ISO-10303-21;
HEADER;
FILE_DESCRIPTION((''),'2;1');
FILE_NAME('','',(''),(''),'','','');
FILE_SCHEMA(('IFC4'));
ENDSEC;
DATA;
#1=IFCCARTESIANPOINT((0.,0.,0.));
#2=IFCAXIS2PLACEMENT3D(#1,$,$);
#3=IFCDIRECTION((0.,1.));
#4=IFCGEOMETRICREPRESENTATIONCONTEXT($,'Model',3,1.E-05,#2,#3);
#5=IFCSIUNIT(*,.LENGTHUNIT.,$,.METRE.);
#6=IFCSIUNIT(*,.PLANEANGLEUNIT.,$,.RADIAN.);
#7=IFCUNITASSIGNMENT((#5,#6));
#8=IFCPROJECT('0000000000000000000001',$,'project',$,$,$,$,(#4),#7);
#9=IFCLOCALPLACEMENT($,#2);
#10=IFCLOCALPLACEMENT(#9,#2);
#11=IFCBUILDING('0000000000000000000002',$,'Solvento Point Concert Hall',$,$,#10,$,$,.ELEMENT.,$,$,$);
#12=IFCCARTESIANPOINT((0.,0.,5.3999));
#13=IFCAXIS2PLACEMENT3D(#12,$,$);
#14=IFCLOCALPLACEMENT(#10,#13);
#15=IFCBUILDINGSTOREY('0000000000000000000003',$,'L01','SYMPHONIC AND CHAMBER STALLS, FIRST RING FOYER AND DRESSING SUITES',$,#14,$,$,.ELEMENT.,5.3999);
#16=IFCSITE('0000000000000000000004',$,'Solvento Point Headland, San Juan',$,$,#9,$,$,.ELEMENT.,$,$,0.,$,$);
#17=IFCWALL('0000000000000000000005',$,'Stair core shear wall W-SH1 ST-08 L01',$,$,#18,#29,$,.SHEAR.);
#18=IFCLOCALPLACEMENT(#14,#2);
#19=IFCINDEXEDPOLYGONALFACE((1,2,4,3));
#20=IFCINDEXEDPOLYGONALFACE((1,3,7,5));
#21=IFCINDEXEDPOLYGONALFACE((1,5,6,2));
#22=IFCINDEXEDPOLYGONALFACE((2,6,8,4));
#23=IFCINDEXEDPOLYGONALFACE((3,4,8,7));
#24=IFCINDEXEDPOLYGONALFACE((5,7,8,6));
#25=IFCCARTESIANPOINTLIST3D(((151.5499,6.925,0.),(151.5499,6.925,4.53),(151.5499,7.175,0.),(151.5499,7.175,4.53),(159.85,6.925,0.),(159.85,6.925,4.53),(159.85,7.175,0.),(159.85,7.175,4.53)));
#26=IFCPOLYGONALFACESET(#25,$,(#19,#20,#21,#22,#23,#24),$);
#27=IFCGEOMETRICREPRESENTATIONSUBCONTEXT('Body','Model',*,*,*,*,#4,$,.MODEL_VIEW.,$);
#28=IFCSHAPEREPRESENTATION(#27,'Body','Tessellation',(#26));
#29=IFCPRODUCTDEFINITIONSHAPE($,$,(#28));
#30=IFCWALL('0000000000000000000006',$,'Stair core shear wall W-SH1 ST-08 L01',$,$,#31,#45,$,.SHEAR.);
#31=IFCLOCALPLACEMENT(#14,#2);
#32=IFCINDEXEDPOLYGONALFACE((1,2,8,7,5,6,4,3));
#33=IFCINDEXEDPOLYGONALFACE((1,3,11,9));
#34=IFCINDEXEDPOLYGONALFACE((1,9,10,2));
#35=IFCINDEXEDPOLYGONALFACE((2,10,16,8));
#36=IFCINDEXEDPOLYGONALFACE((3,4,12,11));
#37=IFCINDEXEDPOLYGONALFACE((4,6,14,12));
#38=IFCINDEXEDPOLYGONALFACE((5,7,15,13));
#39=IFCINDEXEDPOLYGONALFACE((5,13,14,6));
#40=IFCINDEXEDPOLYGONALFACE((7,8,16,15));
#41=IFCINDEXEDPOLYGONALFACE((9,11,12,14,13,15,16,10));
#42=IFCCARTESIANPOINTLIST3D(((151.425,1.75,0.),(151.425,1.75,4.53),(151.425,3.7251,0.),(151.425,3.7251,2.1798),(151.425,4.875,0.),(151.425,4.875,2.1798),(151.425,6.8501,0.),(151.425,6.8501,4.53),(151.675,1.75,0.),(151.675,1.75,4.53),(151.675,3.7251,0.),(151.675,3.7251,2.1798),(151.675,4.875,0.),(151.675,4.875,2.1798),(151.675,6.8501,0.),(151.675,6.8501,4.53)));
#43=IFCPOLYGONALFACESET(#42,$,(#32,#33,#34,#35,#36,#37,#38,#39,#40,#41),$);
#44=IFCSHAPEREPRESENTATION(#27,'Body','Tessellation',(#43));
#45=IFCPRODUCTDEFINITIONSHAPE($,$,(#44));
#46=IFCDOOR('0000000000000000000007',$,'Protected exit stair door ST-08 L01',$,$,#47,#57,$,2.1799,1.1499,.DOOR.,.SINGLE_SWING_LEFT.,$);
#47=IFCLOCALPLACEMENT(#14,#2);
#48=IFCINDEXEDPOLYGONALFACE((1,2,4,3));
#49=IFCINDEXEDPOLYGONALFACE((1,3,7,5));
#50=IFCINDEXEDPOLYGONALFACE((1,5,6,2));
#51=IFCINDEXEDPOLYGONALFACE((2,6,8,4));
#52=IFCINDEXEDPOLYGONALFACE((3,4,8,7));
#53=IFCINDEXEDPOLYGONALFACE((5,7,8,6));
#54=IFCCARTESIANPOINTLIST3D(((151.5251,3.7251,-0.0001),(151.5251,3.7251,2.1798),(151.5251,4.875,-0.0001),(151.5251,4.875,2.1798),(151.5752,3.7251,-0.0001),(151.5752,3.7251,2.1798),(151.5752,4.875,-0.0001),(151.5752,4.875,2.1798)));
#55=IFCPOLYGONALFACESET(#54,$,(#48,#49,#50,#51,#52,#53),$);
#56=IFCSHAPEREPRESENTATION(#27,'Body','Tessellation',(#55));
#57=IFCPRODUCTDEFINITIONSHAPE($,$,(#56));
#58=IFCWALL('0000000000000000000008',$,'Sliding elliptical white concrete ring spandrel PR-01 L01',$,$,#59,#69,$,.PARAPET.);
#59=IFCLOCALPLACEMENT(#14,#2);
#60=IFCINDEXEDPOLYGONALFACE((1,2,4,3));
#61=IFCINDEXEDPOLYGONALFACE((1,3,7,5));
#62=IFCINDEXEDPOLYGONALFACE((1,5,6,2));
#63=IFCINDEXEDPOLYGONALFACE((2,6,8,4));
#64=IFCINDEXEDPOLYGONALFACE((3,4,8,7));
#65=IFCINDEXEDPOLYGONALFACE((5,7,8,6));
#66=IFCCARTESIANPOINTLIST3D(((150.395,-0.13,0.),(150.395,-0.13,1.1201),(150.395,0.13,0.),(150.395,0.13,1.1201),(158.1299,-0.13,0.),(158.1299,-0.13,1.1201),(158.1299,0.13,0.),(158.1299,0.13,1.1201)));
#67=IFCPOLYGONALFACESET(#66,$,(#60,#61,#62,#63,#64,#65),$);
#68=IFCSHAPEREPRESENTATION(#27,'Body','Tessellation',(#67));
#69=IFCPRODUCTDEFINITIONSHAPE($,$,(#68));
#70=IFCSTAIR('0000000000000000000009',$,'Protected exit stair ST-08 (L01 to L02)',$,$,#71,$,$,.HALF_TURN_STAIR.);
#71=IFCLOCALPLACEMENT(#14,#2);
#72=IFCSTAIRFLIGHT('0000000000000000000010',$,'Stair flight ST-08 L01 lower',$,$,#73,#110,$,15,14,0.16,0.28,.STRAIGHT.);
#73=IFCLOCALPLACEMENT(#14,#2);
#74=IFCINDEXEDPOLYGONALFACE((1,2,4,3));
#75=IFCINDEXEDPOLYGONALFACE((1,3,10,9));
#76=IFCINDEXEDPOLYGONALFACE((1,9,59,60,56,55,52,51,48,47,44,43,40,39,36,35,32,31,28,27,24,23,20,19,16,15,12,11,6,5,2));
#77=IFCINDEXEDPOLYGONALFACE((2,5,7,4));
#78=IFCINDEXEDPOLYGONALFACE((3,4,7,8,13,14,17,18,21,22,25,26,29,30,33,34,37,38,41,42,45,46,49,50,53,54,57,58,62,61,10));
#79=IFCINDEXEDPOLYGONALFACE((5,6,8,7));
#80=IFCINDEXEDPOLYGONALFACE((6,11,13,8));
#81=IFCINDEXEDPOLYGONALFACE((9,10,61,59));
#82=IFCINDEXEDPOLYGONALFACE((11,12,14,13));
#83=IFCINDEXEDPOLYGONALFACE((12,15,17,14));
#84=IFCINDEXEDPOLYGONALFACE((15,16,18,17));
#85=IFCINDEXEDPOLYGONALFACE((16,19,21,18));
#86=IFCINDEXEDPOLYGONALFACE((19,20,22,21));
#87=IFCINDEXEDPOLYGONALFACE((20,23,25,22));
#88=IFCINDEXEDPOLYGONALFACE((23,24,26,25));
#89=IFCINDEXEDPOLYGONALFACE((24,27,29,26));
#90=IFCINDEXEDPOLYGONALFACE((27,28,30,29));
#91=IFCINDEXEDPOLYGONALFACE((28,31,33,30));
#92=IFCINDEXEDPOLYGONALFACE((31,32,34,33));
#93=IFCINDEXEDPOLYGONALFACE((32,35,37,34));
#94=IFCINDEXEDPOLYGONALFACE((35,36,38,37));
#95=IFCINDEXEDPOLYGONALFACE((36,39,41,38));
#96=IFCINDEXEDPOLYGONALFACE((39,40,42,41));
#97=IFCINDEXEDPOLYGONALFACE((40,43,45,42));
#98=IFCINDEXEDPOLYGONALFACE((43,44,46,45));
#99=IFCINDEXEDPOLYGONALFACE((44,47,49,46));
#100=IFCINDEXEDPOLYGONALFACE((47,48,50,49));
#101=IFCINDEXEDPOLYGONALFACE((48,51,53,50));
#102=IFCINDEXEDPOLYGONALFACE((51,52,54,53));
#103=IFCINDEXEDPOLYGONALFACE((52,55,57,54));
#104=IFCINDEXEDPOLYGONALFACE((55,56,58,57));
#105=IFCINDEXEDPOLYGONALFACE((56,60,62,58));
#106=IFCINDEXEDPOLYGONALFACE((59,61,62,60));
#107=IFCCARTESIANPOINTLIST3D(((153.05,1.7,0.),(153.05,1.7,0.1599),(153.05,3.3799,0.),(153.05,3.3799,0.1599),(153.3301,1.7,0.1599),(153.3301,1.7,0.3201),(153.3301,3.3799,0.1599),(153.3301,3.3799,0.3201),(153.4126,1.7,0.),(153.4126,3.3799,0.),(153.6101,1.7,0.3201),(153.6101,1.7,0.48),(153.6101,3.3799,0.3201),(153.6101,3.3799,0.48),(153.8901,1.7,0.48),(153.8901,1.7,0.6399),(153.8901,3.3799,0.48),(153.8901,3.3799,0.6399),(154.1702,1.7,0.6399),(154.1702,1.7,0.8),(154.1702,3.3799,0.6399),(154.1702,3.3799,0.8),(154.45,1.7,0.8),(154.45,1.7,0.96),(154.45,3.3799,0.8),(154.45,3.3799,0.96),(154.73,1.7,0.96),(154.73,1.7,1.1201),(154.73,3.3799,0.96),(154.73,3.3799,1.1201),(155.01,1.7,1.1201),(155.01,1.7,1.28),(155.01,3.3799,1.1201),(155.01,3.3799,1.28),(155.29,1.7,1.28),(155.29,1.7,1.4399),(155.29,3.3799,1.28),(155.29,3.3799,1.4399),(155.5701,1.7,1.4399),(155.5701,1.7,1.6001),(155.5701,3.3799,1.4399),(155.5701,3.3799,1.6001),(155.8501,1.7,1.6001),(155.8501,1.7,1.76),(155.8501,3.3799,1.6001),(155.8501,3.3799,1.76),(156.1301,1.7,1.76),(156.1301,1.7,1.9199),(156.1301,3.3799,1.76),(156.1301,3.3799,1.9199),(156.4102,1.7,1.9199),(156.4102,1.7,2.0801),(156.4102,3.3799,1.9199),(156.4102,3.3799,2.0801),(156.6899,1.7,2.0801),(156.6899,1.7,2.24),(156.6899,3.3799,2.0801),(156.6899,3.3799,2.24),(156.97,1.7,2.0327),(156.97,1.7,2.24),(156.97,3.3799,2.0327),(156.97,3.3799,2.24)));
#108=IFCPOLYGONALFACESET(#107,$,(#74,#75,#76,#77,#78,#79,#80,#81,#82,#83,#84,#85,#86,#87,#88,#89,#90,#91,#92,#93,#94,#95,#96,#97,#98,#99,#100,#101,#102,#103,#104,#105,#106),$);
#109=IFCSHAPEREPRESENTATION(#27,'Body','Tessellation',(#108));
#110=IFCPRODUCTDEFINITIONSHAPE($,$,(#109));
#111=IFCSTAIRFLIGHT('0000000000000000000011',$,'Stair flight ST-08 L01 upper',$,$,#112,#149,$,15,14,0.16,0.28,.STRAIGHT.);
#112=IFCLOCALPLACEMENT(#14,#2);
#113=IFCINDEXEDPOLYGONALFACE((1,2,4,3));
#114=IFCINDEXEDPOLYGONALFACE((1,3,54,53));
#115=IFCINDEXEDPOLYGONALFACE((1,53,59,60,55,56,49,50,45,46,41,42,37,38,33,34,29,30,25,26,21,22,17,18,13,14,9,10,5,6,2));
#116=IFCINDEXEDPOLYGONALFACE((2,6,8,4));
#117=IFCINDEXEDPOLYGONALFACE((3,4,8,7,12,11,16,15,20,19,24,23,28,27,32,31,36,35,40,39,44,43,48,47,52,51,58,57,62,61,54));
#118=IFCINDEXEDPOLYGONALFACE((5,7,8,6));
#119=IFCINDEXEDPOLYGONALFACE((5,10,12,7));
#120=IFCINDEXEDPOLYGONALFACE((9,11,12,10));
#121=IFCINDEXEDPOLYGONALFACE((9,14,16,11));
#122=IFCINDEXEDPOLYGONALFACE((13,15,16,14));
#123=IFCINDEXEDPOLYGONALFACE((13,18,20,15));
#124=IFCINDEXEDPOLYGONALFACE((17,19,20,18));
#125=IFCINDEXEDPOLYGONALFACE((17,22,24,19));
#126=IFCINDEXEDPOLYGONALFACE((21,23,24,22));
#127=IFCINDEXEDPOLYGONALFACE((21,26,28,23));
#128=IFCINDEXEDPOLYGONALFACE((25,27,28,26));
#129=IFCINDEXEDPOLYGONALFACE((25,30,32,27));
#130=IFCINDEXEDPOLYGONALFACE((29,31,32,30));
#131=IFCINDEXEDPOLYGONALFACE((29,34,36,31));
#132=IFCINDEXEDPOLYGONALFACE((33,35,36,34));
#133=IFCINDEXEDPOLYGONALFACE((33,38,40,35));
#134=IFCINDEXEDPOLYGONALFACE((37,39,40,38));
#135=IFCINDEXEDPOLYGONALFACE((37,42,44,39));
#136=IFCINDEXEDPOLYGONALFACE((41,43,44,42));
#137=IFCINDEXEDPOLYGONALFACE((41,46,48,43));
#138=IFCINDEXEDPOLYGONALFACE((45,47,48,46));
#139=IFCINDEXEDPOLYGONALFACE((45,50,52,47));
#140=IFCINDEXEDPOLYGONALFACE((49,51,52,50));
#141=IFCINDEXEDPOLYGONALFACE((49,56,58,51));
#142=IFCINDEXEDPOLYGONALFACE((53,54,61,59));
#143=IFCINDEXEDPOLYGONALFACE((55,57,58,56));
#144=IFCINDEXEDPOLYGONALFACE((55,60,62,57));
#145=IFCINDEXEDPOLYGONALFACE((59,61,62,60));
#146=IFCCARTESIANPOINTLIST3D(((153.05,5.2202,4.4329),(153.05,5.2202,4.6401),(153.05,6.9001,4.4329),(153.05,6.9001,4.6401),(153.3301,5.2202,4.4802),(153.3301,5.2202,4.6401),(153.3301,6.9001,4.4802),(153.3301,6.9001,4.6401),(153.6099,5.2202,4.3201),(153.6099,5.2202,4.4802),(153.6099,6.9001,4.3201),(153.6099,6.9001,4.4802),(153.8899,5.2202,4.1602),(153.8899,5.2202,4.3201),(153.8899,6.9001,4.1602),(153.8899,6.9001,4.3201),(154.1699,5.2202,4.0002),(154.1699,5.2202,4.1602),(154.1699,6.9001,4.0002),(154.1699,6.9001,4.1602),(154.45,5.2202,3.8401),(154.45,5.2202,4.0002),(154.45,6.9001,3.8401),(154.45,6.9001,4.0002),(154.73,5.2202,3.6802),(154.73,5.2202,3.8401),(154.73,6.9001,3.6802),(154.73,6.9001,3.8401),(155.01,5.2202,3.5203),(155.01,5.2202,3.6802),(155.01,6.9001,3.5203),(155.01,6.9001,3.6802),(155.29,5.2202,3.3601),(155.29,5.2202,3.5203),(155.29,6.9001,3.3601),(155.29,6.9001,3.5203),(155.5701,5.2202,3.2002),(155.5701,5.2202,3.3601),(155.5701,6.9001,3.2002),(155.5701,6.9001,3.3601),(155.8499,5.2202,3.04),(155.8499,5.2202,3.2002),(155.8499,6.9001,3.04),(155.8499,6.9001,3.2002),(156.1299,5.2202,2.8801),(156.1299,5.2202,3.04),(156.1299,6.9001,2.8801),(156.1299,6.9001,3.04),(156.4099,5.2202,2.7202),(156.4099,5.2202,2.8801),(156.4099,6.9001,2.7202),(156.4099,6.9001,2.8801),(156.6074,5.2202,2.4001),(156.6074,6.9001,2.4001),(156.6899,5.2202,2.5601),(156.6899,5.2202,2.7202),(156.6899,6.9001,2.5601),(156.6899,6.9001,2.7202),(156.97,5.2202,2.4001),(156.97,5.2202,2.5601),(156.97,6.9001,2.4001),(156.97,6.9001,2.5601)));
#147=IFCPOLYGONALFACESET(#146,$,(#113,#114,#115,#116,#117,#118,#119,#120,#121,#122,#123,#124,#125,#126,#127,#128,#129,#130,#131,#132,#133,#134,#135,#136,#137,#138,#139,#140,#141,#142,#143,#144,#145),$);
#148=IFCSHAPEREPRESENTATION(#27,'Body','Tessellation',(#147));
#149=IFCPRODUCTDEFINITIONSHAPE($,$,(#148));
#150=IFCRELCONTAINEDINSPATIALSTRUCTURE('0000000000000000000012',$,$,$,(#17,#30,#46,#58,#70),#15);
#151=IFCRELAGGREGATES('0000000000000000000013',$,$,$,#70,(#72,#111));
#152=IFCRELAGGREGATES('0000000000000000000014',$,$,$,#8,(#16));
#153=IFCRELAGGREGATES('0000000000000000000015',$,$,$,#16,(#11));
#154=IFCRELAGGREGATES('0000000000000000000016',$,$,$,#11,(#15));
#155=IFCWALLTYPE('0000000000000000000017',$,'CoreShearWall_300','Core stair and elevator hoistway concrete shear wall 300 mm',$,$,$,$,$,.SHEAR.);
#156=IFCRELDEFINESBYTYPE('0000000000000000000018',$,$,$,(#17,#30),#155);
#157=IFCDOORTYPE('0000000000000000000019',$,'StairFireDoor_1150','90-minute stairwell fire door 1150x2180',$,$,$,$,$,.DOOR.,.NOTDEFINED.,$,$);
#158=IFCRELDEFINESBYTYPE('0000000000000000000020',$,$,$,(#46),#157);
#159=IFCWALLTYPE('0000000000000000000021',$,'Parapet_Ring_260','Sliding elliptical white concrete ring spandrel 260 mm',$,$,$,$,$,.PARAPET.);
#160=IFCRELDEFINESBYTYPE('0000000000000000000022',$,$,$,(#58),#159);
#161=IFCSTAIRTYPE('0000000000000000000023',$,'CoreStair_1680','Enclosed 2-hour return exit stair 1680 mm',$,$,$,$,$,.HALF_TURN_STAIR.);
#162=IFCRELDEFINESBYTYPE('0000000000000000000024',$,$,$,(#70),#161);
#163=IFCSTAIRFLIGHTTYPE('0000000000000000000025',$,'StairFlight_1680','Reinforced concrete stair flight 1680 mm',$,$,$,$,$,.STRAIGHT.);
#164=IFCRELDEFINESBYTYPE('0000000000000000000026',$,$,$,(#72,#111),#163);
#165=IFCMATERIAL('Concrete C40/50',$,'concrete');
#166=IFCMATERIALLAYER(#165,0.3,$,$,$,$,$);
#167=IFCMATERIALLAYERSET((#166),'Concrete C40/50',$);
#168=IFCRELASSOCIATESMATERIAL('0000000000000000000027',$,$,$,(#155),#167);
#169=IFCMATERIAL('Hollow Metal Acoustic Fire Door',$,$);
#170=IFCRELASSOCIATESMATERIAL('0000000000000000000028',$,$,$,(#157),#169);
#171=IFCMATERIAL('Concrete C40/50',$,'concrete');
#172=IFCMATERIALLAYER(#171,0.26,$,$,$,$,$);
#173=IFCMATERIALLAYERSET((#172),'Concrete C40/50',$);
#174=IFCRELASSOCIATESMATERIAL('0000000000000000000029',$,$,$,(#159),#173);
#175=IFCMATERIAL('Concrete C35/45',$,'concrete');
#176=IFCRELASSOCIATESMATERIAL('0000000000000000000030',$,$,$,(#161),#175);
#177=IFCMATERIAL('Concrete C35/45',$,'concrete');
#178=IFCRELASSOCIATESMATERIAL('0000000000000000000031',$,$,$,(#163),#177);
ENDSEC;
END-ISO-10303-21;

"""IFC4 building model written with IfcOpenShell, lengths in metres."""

from ifc_helpers import new_model, si_unit, direction, frame, frame_2d, origin, place, context, subcontext, project, spatial, polyline, rectangle, outline, extrude, material, layer, layer_set, type_object, element, fill, aggregate, save


model = new_model("IFC4")

# Units and contexts
model_context = context("Model", 3, precision=1e-05, world=origin(), true_north=direction((0.0, 1.0)))
body_context = subcontext(model_context, "Body", "Model", "MODEL_VIEW")
ifc_project = project(units=[si_unit("LENGTHUNIT", "METRE"), si_unit("PLANEANGLEUNIT", "RADIAN")], contexts=[model_context])

# Site, building, storey
site_placement = place(None, origin())
site = spatial("IfcSite", under=ifc_project, at=site_placement, Name="Solvento Point Headland, San Juan", CompositionType="ELEMENT", RefElevation=0.0)
building_placement = place(site_placement, origin())
building = spatial("IfcBuilding", under=site, at=building_placement, Name="Solvento Point Concert Hall", CompositionType="ELEMENT")
storey_placement = place(building_placement, frame((0.0, 0.0, 5.3999)))
storey = spatial("IfcBuildingStorey", under=building, at=storey_placement, Name="L01", Description="SYMPHONIC AND CHAMBER STALLS, FIRST RING FOYER AND DRESSING SUITES", CompositionType="ELEMENT", Elevation=5.3999)

# Wall
ifc_material_1 = material(Name="Concrete C40/50", Category="concrete")
ifc_layer_1 = layer(ifc_material_1, 0.3)
ifc_layer_set_1 = layer_set([ifc_layer_1], Name="Concrete C40/50")
wall_type_1 = type_object("IfcWallType", Name="CoreShearWall_300", Description="Core stair and elevator hoistway concrete shear wall 300 mm", PredefinedType="SHEAR", material=ifc_layer_set_1)
wall_1_placement = place(storey_placement, frame((151.55, 7.05, 0.0), z_axis=(0.0, 0.0, 1.0), x_axis=(1.0, 0.0, 0.0)))
element("IfcWall", 1, at=wall_1_placement, inside=storey, type_object=wall_type_1, Name="Stair core shear wall W-SH1 ST-08 L01", PredefinedType="SHEAR", context=body_context, shape_type="SweptSolid", body=[
    extrude(rectangle(XDim=8.3, YDim=0.25, at=frame_2d((4.1499, 0.0))), origin(), (0.0, 0.0, 1.0), 4.53),
])

# Wall, opening, door
wall_2_placement = place(storey_placement, frame((151.55, 1.75, 0.0), z_axis=(0.0, 0.0, 1.0), x_axis=(0.0, 1.0, 0.0)))
wall_2 = element("IfcWall", 2, at=wall_2_placement, inside=storey, type_object=wall_type_1, Name="Stair core shear wall W-SH1 ST-08 L01", PredefinedType="SHEAR", context=body_context, shape_type="SweptSolid", body=[
    extrude(rectangle(XDim=5.1001, YDim=0.25, at=frame_2d((2.55, 0.0))), origin(), (0.0, 0.0, 1.0), 4.53),
])
opening_1_placement = place(wall_2_placement, frame((1.9751, 0.0, 0.0)))
opening_1 = element("IfcOpeningElement", 3, at=opening_1_placement, cuts=wall_2, PredefinedType="OPENING", context=body_context, shape_type="SweptSolid", body=[
    extrude(rectangle(XDim=1.1499, YDim=2.1799, at=frame_2d((0.575, 1.0898))), frame((0.0, 0.135, 0.0), z_axis=(0.0, -1.0, 0.0), x_axis=(1.0, 0.0, 0.0)), (0.0, 0.0, 1.0), 0.27),
])
ifc_material_2 = material(Name="Hollow Metal Acoustic Fire Door")
door_type_1 = type_object("IfcDoorType", Name="StairFireDoor_1150", Description="90-minute stairwell fire door 1150x2180", OperationType="NOTDEFINED", PredefinedType="DOOR", material=ifc_material_2)
door_1_placement = place(opening_1_placement, origin())
door_1 = element("IfcDoor", 4, at=door_1_placement, inside=storey, type_object=door_type_1, Name="Protected exit stair door ST-08 L01", OperationType="SINGLE_SWING_LEFT", OverallHeight=2.1799, OverallWidth=1.1499, PredefinedType="DOOR", context=body_context, shape_type="SweptSolid", body=[
    extrude(rectangle(XDim=1.1499, YDim=2.1799, at=frame_2d((0.575, 1.0898))), frame((0.0, 0.0249, 0.0), z_axis=(0.0, -1.0, 0.0), x_axis=(1.0, 0.0, 0.0)), (0.0, 0.0, 1.0), 0.05),
])
fill(opening_1, door_1)

# Wall
ifc_material_3 = material(Name="Concrete C40/50", Category="concrete")
ifc_layer_2 = layer(ifc_material_3, 0.26)
ifc_layer_set_2 = layer_set([ifc_layer_2], Name="Concrete C40/50")
wall_type_2 = type_object("IfcWallType", Name="Parapet_Ring_260", Description="Sliding elliptical white concrete ring spandrel 260 mm", PredefinedType="PARAPET", material=ifc_layer_set_2)
wall_3_placement = place(storey_placement, frame((158.1299, 0.0, 0.0), z_axis=(0.0, 0.0, 1.0), x_axis=(-1.0, 0.0, 0.0)))
element("IfcWall", 5, at=wall_3_placement, inside=storey, type_object=wall_type_2, Name="Sliding elliptical white concrete ring spandrel PR-01 L01", PredefinedType="PARAPET", context=body_context, shape_type="SweptSolid", body=[
    extrude(rectangle(XDim=7.7349, YDim=0.26, at=frame_2d((3.8674, 0.0))), origin(), (0.0, 0.0, 1.0), 1.1201),
])

# Stair, stair flights
ifc_material_4 = material(Name="Concrete C35/45", Category="concrete")
stair_type = type_object("IfcStairType", Name="CoreStair_1680", Description="Enclosed 2-hour return exit stair 1680 mm", PredefinedType="HALF_TURN_STAIR", material=ifc_material_4)
stair_placement = place(storey_placement, origin())
stair = element("IfcStair", 6, at=stair_placement, inside=storey, type_object=stair_type, Name="Protected exit stair ST-08 (L01 to L02)", PredefinedType="HALF_TURN_STAIR")
ifc_material_5 = material(Name="Concrete C35/45", Category="concrete")
stair_flight_type = type_object("IfcStairFlightType", Name="StairFlight_1680", Description="Reinforced concrete stair flight 1680 mm", PredefinedType="STRAIGHT", material=ifc_material_5)
stair_flight_1_placement = place(storey_placement, frame((153.05, 2.54, 0.0), z_axis=(0.0, 0.0, 1.0), x_axis=(1.0, 0.0, 0.0)))
stair_flight_1 = element("IfcStairFlight", 7, at=stair_flight_1_placement, type_object=stair_flight_type, Name="Stair flight ST-08 L01 lower", NumberOfRisers=15, NumberOfTreads=14, PredefinedType="STRAIGHT", RiserHeight=0.16, TreadLength=0.28, context=body_context, shape_type="SweptSolid", body=[
    extrude(outline(polyline([(0.0, 0.0), (0.0, 0.1599), (0.28, 0.1599), (0.28, 0.3201), (0.5601, 0.3201), (0.5601, 0.48), (0.8401, 0.48), (0.8401, 0.6399), (1.1201, 0.6399), (1.1201, 0.8), (1.3999, 0.8), (1.3999, 0.96), (1.6799, 0.96), (1.6799, 1.1201), (1.96, 1.1201), (1.96, 1.28), (2.24, 1.28), (2.24, 1.4399), (2.52, 1.4399), (2.52, 1.6001), (2.8, 1.6001), (2.8, 1.76), (3.0801, 1.76), (3.0801, 1.9199), (3.3601, 1.9199), (3.3601, 2.0801), (3.6399, 2.0801), (3.6399, 2.24), (3.9199, 2.24), (3.9199, 2.3999), (3.9199, 2.0327), (0.3625, 0.0), (0.0, 0.0)])), frame((0.0, 0.8398, 0.0), z_axis=(0.0, -1.0, 0.0), x_axis=(1.0, 0.0, 0.0)), (0.0, 0.0, 1.0), 1.6799),
])
stair_flight_2_placement = place(storey_placement, frame((156.97, 6.0601, 2.4001), z_axis=(0.0, 0.0, 1.0), x_axis=(-1.0, 0.0, 0.0)))
stair_flight_2 = element("IfcStairFlight", 8, at=stair_flight_2_placement, type_object=stair_flight_type, Name="Stair flight ST-08 L01 upper", NumberOfRisers=15, NumberOfTreads=14, PredefinedType="STRAIGHT", RiserHeight=0.16, TreadLength=0.28, context=body_context, shape_type="SweptSolid", body=[
    extrude(outline(polyline([(0.0, 0.0), (0.0, 0.1599), (0.28, 0.1599), (0.28, 0.3201), (0.5601, 0.3201), (0.5601, 0.48), (0.8401, 0.48), (0.8401, 0.6399), (1.1201, 0.6399), (1.1201, 0.8), (1.3999, 0.8), (1.3999, 0.96), (1.6799, 0.96), (1.6799, 1.1201), (1.96, 1.1201), (1.96, 1.28), (2.24, 1.28), (2.24, 1.4399), (2.52, 1.4399), (2.52, 1.6001), (2.8, 1.6001), (2.8, 1.76), (3.0801, 1.76), (3.0801, 1.9199), (3.3601, 1.9199), (3.3601, 2.0801), (3.6399, 2.0801), (3.6399, 2.24), (3.9199, 2.24), (3.9199, 2.3999), (3.9199, 2.0327), (0.3625, 0.0), (0.0, 0.0)])), frame((0.0, 0.8398, 0.0), z_axis=(0.0, -1.0, 0.0), x_axis=(1.0, 0.0, 0.0)), (0.0, 0.0, 1.0), 1.6799),
])
aggregate(stair, [stair_flight_1, stair_flight_2])

save(model, "model.ifc")
